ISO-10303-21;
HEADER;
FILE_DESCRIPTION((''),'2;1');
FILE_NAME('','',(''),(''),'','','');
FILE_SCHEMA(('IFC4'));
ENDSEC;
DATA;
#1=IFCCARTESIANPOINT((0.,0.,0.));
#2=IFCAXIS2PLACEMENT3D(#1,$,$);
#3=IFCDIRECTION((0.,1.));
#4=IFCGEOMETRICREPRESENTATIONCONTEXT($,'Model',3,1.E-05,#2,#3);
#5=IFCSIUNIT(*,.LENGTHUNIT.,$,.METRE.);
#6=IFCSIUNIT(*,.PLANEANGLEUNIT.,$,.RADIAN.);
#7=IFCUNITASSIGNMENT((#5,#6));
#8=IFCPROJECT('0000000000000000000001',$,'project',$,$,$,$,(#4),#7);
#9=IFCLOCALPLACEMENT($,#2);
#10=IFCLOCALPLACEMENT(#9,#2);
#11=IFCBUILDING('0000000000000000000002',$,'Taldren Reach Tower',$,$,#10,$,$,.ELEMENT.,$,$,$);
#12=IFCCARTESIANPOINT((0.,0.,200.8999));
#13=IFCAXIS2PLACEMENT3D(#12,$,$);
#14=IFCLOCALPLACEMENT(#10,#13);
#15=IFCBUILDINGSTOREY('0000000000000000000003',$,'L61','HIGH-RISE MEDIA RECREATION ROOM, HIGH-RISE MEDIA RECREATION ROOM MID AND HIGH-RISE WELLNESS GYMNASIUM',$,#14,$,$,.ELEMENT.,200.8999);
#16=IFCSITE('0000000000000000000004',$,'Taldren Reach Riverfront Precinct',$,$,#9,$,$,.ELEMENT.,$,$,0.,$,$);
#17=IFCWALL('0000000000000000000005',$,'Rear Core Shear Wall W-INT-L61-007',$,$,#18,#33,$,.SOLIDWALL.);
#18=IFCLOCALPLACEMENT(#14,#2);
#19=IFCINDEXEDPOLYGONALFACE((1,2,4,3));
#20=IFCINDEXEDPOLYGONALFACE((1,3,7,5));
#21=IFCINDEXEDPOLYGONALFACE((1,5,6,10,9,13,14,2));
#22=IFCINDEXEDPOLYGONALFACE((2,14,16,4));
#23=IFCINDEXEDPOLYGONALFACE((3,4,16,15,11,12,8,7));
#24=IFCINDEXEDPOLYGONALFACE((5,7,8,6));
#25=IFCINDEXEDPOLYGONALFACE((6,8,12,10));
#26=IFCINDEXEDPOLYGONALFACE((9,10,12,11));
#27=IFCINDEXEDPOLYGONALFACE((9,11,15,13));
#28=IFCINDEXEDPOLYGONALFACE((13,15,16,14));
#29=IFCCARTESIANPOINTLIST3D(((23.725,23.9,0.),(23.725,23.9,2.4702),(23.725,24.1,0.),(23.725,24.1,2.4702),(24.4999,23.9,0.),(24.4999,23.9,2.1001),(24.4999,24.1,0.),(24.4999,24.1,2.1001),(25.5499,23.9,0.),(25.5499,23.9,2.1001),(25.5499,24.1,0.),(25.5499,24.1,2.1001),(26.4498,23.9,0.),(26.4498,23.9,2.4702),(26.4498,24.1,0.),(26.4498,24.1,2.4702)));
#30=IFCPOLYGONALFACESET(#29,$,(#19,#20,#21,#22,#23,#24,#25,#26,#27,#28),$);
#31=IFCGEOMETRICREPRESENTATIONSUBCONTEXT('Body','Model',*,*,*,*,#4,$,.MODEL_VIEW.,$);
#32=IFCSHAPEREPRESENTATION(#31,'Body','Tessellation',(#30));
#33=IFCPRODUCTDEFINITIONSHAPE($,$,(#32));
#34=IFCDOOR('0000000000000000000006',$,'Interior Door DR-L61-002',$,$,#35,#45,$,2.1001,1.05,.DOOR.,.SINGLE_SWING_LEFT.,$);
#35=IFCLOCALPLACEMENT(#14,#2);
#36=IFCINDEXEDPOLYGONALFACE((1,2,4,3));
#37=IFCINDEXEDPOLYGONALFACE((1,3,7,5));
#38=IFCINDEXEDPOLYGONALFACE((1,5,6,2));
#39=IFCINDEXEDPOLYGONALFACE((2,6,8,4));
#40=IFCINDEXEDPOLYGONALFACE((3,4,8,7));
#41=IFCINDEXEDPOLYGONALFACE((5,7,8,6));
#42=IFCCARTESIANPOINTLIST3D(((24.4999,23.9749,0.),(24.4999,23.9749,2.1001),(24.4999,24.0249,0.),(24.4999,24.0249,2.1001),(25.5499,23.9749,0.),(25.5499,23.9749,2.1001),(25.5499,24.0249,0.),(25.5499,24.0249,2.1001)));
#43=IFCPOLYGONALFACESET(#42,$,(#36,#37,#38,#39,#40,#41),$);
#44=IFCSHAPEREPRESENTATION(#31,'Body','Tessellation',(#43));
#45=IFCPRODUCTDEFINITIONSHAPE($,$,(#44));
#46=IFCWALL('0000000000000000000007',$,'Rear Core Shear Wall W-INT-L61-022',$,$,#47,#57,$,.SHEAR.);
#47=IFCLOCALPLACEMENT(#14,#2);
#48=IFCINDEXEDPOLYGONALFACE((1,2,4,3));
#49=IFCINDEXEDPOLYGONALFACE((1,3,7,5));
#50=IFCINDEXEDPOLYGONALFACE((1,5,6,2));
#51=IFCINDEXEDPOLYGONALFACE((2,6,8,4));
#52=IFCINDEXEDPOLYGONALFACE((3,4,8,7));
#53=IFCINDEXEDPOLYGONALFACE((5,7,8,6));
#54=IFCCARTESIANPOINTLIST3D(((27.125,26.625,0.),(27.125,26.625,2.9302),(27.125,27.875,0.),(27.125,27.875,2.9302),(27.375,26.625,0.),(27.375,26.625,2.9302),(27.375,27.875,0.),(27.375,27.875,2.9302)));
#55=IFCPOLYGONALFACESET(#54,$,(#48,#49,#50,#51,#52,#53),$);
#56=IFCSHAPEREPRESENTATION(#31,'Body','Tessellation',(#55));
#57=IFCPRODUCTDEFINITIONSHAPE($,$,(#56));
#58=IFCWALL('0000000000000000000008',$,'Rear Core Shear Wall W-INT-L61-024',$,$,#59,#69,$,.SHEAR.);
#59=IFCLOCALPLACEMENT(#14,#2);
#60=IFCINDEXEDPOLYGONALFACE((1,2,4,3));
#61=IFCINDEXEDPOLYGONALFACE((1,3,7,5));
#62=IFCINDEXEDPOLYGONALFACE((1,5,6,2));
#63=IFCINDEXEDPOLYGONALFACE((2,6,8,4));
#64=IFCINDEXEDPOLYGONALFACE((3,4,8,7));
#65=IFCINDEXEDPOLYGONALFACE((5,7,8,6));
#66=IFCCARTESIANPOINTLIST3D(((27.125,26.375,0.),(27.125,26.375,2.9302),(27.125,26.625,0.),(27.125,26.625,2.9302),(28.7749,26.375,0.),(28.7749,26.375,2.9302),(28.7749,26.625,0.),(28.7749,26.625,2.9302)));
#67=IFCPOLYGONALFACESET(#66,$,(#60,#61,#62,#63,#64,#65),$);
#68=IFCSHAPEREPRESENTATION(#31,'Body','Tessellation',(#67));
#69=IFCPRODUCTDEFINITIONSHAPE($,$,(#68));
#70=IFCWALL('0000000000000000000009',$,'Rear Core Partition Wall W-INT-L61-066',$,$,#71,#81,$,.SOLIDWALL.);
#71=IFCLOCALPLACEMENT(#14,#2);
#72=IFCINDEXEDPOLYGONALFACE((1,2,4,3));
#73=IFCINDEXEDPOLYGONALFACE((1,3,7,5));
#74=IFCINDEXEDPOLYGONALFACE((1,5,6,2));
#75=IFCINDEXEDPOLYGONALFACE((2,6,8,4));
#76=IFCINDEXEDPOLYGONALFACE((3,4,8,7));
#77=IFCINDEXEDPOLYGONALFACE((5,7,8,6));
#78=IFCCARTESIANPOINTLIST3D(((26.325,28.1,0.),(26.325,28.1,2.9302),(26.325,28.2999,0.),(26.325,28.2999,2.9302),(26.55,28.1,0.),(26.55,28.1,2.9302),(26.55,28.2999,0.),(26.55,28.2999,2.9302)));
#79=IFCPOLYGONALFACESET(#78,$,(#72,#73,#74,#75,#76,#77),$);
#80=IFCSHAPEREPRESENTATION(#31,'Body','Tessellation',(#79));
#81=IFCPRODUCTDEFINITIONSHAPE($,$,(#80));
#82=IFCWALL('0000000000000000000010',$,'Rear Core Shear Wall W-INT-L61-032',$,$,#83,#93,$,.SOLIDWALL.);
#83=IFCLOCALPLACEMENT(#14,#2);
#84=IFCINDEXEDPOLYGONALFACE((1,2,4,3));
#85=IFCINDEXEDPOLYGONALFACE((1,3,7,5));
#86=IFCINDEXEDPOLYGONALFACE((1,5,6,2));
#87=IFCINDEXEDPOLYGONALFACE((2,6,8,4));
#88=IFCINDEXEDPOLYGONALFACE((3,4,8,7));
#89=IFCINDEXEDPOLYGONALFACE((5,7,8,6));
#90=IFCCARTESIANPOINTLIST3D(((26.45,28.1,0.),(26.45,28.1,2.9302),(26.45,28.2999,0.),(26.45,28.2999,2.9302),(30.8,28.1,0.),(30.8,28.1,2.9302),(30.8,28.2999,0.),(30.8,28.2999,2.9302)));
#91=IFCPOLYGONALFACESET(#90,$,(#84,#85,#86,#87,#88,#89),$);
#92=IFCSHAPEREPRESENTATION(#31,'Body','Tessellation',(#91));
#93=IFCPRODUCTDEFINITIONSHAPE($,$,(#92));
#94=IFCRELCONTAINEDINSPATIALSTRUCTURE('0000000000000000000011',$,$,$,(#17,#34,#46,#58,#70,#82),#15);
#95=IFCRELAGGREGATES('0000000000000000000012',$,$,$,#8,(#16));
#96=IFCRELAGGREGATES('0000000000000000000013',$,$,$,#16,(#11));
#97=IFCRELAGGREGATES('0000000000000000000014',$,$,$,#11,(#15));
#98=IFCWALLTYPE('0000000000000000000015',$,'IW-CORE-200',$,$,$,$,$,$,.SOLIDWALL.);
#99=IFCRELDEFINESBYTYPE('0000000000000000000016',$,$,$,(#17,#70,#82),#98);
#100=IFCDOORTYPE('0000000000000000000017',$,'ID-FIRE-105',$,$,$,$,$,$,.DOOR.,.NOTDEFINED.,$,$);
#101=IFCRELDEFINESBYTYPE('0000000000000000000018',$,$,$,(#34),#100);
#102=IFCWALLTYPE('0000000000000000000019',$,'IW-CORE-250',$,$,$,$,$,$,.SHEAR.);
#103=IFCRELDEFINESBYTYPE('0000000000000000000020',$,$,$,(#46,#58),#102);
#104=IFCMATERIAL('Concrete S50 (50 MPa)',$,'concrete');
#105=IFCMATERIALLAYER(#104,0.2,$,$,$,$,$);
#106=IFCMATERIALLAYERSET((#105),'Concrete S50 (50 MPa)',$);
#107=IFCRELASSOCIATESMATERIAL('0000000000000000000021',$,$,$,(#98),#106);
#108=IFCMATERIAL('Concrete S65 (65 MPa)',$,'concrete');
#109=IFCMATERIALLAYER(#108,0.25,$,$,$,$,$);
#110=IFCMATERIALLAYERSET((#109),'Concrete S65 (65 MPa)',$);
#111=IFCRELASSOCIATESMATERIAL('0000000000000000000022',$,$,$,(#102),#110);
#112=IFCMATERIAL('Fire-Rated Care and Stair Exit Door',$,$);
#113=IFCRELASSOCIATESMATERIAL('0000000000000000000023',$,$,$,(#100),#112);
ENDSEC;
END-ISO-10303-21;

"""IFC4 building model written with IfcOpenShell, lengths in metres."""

from ifc_helpers import new_model, si_unit, direction, frame, frame_2d, origin, place, context, subcontext, project, spatial, rectangle, extrude, source, transform, mapped, material, layer, layer_set, type_object, element, fill, save


model = new_model("IFC4")

# Units and contexts
model_context = context("Model", 3, precision=1e-05, world=origin(), true_north=direction((0.0, 1.0)))
body_context = subcontext(model_context, "Body", "Model", "MODEL_VIEW")
ifc_project = project(units=[si_unit("LENGTHUNIT", "METRE"), si_unit("PLANEANGLEUNIT", "RADIAN")], contexts=[model_context])

# Site, building, storey
site_placement = place(None, origin())
site = spatial("IfcSite", under=ifc_project, at=site_placement, Name="Taldren Reach Riverfront Precinct", CompositionType="ELEMENT", RefElevation=0.0)
building_placement = place(site_placement, origin())
building = spatial("IfcBuilding", under=site, at=building_placement, Name="Taldren Reach Tower", CompositionType="ELEMENT")
storey_placement = place(building_placement, frame((0.0, 0.0, 200.8999)))
storey = spatial("IfcBuildingStorey", under=building, at=storey_placement, Name="L61", Description="HIGH-RISE MEDIA RECREATION ROOM, HIGH-RISE MEDIA RECREATION ROOM MID AND HIGH-RISE WELLNESS GYMNASIUM", CompositionType="ELEMENT", Elevation=200.8999)

# Shared definitions
ifc_material_1 = material(Name="Concrete S50 (50 MPa)", Category="concrete")
ifc_layer_1 = layer(ifc_material_1, 0.2)
ifc_layer_set_1 = layer_set([ifc_layer_1], Name="Concrete S50 (50 MPa)")
wall_type_1 = type_object("IfcWallType", Name="IW-CORE-200", PredefinedType="SOLIDWALL", material=ifc_layer_set_1)
ifc_material_2 = material(Name="Concrete S65 (65 MPa)", Category="concrete")
ifc_layer_2 = layer(ifc_material_2, 0.25)
ifc_layer_set_2 = layer_set([ifc_layer_2], Name="Concrete S65 (65 MPa)")
wall_type_2 = type_object("IfcWallType", Name="IW-CORE-250", PredefinedType="SHEAR", material=ifc_layer_set_2)

# Wall, opening, door
ifc_material_3 = material(Name="Fire-Rated Care and Stair Exit Door")
door_type_1 = type_object("IfcDoorType", Name="ID-FIRE-105", OperationType="NOTDEFINED", PredefinedType="DOOR", material=ifc_material_3)
shared_shape_1 = source(origin(), body_context, "Body", "SweptSolid", [
    extrude(rectangle(XDim=1.05, YDim=2.1001, at=frame_2d((0.5249, 1.05))), frame((0.0, 0.0249, 0.0), z_axis=(0.0, -1.0, 0.0), x_axis=(1.0, 0.0, 0.0)), (0.0, 0.0, 1.0), 0.05),
])
shared_shape_2 = source(origin(), body_context, "Body", "SweptSolid", [
    extrude(rectangle(XDim=2.7249, YDim=0.2, at=frame_2d((1.3623, 0.0))), origin(), (0.0, 0.0, 1.0), 2.4702),
])
wall_1_placement = place(storey_placement, frame((23.7251, 24.0, 0.0), z_axis=(0.0, 0.0, 1.0), x_axis=(1.0, 0.0, 0.0)))
wall_1 = element("IfcWall", 1, at=wall_1_placement, inside=storey, type_object=wall_type_1, Name="Rear Core Shear Wall W-INT-L61-007", PredefinedType="SOLIDWALL", context=body_context, shape_type="MappedRepresentation", body=[
    mapped(shared_shape_2, transform((0.0, 0.0, 0.0), scale=1.0)),
])
shared_shape_3 = source(origin(), body_context, "Body", "SweptSolid", [
    extrude(rectangle(XDim=1.05, YDim=2.1001, at=frame_2d((0.5249, 1.05))), frame((0.0, 0.1099, 0.0), z_axis=(0.0, -1.0, 0.0), x_axis=(1.0, 0.0, 0.0)), (0.0, 0.0, 1.0), 0.22),
])
opening_1_placement = place(wall_1_placement, frame((0.7749, 0.0, 0.0)))
opening_1 = element("IfcOpeningElement", 2, at=opening_1_placement, cuts=wall_1, PredefinedType="OPENING", context=body_context, shape_type="MappedRepresentation", body=[
    mapped(shared_shape_3, transform((0.0, 0.0, 0.0), scale=1.0)),
])
door_1_placement = place(opening_1_placement, origin())
door_1 = element("IfcDoor", 3, at=door_1_placement, inside=storey, type_object=door_type_1, Name="Interior Door DR-L61-002", OperationType="SINGLE_SWING_LEFT", OverallHeight=2.1001, OverallWidth=1.05, PredefinedType="DOOR", context=body_context, shape_type="MappedRepresentation", body=[
    mapped(shared_shape_1, transform((0.0, 0.0, 0.0), scale=1.0)),
])
fill(opening_1, door_1)

# Walls
shared_shape_4 = source(origin(), body_context, "Body", "SweptSolid", [
    extrude(rectangle(XDim=1.25, YDim=0.25, at=frame_2d((0.625, 0.0))), origin(), (0.0, 0.0, 1.0), 2.9302),
])
wall_2_placement = place(storey_placement, frame((27.25, 27.875, 0.0), z_axis=(0.0, 0.0, 1.0), x_axis=(0.0, -1.0, 0.0)))
element("IfcWall", 4, at=wall_2_placement, inside=storey, type_object=wall_type_2, Name="Rear Core Shear Wall W-INT-L61-022", PredefinedType="SHEAR", context=body_context, shape_type="MappedRepresentation", body=[
    mapped(shared_shape_4, transform((0.0, 0.0, 0.0), scale=1.0)),
])
shared_shape_5 = source(origin(), body_context, "Body", "SweptSolid", [
    extrude(rectangle(XDim=1.6499, YDim=0.25, at=frame_2d((0.825, 0.0))), origin(), (0.0, 0.0, 1.0), 2.9302),
])
wall_3_placement = place(storey_placement, frame((27.125, 26.5, 0.0), z_axis=(0.0, 0.0, 1.0), x_axis=(1.0, 0.0, 0.0)))
element("IfcWall", 5, at=wall_3_placement, inside=storey, type_object=wall_type_2, Name="Rear Core Shear Wall W-INT-L61-024", PredefinedType="SHEAR", context=body_context, shape_type="MappedRepresentation", body=[
    mapped(shared_shape_5, transform((0.0, 0.0, 0.0), scale=1.0)),
])
shared_shape_6 = source(origin(), body_context, "Body", "SweptSolid", [
    extrude(rectangle(XDim=0.2251, YDim=0.2, at=frame_2d((0.1125, 0.0))), origin(), (0.0, 0.0, 1.0), 2.9302),
])
wall_4_placement = place(storey_placement, frame((26.325, 28.2, 0.0), z_axis=(0.0, 0.0, 1.0), x_axis=(1.0, 0.0, 0.0)))
element("IfcWall", 6, at=wall_4_placement, inside=storey, type_object=wall_type_1, Name="Rear Core Partition Wall W-INT-L61-066", PredefinedType="SOLIDWALL", context=body_context, shape_type="MappedRepresentation", body=[
    mapped(shared_shape_6, transform((0.0, 0.0, 0.0), scale=1.0)),
])
shared_shape_7 = source(origin(), body_context, "Body", "SweptSolid", [
    extrude(rectangle(XDim=4.3501, YDim=0.2, at=frame_2d((2.175, 0.0))), origin(), (0.0, 0.0, 1.0), 2.9302),
])
wall_5_placement = place(storey_placement, frame((26.45, 28.2, 0.0), z_axis=(0.0, 0.0, 1.0), x_axis=(1.0, 0.0, 0.0)))
element("IfcWall", 7, at=wall_5_placement, inside=storey, type_object=wall_type_1, Name="Rear Core Shear Wall W-INT-L61-032", PredefinedType="SOLIDWALL", context=body_context, shape_type="MappedRepresentation", body=[
    mapped(shared_shape_7, transform((0.0, 0.0, 0.0), scale=1.0)),
])

save(model, "model.ifc")
